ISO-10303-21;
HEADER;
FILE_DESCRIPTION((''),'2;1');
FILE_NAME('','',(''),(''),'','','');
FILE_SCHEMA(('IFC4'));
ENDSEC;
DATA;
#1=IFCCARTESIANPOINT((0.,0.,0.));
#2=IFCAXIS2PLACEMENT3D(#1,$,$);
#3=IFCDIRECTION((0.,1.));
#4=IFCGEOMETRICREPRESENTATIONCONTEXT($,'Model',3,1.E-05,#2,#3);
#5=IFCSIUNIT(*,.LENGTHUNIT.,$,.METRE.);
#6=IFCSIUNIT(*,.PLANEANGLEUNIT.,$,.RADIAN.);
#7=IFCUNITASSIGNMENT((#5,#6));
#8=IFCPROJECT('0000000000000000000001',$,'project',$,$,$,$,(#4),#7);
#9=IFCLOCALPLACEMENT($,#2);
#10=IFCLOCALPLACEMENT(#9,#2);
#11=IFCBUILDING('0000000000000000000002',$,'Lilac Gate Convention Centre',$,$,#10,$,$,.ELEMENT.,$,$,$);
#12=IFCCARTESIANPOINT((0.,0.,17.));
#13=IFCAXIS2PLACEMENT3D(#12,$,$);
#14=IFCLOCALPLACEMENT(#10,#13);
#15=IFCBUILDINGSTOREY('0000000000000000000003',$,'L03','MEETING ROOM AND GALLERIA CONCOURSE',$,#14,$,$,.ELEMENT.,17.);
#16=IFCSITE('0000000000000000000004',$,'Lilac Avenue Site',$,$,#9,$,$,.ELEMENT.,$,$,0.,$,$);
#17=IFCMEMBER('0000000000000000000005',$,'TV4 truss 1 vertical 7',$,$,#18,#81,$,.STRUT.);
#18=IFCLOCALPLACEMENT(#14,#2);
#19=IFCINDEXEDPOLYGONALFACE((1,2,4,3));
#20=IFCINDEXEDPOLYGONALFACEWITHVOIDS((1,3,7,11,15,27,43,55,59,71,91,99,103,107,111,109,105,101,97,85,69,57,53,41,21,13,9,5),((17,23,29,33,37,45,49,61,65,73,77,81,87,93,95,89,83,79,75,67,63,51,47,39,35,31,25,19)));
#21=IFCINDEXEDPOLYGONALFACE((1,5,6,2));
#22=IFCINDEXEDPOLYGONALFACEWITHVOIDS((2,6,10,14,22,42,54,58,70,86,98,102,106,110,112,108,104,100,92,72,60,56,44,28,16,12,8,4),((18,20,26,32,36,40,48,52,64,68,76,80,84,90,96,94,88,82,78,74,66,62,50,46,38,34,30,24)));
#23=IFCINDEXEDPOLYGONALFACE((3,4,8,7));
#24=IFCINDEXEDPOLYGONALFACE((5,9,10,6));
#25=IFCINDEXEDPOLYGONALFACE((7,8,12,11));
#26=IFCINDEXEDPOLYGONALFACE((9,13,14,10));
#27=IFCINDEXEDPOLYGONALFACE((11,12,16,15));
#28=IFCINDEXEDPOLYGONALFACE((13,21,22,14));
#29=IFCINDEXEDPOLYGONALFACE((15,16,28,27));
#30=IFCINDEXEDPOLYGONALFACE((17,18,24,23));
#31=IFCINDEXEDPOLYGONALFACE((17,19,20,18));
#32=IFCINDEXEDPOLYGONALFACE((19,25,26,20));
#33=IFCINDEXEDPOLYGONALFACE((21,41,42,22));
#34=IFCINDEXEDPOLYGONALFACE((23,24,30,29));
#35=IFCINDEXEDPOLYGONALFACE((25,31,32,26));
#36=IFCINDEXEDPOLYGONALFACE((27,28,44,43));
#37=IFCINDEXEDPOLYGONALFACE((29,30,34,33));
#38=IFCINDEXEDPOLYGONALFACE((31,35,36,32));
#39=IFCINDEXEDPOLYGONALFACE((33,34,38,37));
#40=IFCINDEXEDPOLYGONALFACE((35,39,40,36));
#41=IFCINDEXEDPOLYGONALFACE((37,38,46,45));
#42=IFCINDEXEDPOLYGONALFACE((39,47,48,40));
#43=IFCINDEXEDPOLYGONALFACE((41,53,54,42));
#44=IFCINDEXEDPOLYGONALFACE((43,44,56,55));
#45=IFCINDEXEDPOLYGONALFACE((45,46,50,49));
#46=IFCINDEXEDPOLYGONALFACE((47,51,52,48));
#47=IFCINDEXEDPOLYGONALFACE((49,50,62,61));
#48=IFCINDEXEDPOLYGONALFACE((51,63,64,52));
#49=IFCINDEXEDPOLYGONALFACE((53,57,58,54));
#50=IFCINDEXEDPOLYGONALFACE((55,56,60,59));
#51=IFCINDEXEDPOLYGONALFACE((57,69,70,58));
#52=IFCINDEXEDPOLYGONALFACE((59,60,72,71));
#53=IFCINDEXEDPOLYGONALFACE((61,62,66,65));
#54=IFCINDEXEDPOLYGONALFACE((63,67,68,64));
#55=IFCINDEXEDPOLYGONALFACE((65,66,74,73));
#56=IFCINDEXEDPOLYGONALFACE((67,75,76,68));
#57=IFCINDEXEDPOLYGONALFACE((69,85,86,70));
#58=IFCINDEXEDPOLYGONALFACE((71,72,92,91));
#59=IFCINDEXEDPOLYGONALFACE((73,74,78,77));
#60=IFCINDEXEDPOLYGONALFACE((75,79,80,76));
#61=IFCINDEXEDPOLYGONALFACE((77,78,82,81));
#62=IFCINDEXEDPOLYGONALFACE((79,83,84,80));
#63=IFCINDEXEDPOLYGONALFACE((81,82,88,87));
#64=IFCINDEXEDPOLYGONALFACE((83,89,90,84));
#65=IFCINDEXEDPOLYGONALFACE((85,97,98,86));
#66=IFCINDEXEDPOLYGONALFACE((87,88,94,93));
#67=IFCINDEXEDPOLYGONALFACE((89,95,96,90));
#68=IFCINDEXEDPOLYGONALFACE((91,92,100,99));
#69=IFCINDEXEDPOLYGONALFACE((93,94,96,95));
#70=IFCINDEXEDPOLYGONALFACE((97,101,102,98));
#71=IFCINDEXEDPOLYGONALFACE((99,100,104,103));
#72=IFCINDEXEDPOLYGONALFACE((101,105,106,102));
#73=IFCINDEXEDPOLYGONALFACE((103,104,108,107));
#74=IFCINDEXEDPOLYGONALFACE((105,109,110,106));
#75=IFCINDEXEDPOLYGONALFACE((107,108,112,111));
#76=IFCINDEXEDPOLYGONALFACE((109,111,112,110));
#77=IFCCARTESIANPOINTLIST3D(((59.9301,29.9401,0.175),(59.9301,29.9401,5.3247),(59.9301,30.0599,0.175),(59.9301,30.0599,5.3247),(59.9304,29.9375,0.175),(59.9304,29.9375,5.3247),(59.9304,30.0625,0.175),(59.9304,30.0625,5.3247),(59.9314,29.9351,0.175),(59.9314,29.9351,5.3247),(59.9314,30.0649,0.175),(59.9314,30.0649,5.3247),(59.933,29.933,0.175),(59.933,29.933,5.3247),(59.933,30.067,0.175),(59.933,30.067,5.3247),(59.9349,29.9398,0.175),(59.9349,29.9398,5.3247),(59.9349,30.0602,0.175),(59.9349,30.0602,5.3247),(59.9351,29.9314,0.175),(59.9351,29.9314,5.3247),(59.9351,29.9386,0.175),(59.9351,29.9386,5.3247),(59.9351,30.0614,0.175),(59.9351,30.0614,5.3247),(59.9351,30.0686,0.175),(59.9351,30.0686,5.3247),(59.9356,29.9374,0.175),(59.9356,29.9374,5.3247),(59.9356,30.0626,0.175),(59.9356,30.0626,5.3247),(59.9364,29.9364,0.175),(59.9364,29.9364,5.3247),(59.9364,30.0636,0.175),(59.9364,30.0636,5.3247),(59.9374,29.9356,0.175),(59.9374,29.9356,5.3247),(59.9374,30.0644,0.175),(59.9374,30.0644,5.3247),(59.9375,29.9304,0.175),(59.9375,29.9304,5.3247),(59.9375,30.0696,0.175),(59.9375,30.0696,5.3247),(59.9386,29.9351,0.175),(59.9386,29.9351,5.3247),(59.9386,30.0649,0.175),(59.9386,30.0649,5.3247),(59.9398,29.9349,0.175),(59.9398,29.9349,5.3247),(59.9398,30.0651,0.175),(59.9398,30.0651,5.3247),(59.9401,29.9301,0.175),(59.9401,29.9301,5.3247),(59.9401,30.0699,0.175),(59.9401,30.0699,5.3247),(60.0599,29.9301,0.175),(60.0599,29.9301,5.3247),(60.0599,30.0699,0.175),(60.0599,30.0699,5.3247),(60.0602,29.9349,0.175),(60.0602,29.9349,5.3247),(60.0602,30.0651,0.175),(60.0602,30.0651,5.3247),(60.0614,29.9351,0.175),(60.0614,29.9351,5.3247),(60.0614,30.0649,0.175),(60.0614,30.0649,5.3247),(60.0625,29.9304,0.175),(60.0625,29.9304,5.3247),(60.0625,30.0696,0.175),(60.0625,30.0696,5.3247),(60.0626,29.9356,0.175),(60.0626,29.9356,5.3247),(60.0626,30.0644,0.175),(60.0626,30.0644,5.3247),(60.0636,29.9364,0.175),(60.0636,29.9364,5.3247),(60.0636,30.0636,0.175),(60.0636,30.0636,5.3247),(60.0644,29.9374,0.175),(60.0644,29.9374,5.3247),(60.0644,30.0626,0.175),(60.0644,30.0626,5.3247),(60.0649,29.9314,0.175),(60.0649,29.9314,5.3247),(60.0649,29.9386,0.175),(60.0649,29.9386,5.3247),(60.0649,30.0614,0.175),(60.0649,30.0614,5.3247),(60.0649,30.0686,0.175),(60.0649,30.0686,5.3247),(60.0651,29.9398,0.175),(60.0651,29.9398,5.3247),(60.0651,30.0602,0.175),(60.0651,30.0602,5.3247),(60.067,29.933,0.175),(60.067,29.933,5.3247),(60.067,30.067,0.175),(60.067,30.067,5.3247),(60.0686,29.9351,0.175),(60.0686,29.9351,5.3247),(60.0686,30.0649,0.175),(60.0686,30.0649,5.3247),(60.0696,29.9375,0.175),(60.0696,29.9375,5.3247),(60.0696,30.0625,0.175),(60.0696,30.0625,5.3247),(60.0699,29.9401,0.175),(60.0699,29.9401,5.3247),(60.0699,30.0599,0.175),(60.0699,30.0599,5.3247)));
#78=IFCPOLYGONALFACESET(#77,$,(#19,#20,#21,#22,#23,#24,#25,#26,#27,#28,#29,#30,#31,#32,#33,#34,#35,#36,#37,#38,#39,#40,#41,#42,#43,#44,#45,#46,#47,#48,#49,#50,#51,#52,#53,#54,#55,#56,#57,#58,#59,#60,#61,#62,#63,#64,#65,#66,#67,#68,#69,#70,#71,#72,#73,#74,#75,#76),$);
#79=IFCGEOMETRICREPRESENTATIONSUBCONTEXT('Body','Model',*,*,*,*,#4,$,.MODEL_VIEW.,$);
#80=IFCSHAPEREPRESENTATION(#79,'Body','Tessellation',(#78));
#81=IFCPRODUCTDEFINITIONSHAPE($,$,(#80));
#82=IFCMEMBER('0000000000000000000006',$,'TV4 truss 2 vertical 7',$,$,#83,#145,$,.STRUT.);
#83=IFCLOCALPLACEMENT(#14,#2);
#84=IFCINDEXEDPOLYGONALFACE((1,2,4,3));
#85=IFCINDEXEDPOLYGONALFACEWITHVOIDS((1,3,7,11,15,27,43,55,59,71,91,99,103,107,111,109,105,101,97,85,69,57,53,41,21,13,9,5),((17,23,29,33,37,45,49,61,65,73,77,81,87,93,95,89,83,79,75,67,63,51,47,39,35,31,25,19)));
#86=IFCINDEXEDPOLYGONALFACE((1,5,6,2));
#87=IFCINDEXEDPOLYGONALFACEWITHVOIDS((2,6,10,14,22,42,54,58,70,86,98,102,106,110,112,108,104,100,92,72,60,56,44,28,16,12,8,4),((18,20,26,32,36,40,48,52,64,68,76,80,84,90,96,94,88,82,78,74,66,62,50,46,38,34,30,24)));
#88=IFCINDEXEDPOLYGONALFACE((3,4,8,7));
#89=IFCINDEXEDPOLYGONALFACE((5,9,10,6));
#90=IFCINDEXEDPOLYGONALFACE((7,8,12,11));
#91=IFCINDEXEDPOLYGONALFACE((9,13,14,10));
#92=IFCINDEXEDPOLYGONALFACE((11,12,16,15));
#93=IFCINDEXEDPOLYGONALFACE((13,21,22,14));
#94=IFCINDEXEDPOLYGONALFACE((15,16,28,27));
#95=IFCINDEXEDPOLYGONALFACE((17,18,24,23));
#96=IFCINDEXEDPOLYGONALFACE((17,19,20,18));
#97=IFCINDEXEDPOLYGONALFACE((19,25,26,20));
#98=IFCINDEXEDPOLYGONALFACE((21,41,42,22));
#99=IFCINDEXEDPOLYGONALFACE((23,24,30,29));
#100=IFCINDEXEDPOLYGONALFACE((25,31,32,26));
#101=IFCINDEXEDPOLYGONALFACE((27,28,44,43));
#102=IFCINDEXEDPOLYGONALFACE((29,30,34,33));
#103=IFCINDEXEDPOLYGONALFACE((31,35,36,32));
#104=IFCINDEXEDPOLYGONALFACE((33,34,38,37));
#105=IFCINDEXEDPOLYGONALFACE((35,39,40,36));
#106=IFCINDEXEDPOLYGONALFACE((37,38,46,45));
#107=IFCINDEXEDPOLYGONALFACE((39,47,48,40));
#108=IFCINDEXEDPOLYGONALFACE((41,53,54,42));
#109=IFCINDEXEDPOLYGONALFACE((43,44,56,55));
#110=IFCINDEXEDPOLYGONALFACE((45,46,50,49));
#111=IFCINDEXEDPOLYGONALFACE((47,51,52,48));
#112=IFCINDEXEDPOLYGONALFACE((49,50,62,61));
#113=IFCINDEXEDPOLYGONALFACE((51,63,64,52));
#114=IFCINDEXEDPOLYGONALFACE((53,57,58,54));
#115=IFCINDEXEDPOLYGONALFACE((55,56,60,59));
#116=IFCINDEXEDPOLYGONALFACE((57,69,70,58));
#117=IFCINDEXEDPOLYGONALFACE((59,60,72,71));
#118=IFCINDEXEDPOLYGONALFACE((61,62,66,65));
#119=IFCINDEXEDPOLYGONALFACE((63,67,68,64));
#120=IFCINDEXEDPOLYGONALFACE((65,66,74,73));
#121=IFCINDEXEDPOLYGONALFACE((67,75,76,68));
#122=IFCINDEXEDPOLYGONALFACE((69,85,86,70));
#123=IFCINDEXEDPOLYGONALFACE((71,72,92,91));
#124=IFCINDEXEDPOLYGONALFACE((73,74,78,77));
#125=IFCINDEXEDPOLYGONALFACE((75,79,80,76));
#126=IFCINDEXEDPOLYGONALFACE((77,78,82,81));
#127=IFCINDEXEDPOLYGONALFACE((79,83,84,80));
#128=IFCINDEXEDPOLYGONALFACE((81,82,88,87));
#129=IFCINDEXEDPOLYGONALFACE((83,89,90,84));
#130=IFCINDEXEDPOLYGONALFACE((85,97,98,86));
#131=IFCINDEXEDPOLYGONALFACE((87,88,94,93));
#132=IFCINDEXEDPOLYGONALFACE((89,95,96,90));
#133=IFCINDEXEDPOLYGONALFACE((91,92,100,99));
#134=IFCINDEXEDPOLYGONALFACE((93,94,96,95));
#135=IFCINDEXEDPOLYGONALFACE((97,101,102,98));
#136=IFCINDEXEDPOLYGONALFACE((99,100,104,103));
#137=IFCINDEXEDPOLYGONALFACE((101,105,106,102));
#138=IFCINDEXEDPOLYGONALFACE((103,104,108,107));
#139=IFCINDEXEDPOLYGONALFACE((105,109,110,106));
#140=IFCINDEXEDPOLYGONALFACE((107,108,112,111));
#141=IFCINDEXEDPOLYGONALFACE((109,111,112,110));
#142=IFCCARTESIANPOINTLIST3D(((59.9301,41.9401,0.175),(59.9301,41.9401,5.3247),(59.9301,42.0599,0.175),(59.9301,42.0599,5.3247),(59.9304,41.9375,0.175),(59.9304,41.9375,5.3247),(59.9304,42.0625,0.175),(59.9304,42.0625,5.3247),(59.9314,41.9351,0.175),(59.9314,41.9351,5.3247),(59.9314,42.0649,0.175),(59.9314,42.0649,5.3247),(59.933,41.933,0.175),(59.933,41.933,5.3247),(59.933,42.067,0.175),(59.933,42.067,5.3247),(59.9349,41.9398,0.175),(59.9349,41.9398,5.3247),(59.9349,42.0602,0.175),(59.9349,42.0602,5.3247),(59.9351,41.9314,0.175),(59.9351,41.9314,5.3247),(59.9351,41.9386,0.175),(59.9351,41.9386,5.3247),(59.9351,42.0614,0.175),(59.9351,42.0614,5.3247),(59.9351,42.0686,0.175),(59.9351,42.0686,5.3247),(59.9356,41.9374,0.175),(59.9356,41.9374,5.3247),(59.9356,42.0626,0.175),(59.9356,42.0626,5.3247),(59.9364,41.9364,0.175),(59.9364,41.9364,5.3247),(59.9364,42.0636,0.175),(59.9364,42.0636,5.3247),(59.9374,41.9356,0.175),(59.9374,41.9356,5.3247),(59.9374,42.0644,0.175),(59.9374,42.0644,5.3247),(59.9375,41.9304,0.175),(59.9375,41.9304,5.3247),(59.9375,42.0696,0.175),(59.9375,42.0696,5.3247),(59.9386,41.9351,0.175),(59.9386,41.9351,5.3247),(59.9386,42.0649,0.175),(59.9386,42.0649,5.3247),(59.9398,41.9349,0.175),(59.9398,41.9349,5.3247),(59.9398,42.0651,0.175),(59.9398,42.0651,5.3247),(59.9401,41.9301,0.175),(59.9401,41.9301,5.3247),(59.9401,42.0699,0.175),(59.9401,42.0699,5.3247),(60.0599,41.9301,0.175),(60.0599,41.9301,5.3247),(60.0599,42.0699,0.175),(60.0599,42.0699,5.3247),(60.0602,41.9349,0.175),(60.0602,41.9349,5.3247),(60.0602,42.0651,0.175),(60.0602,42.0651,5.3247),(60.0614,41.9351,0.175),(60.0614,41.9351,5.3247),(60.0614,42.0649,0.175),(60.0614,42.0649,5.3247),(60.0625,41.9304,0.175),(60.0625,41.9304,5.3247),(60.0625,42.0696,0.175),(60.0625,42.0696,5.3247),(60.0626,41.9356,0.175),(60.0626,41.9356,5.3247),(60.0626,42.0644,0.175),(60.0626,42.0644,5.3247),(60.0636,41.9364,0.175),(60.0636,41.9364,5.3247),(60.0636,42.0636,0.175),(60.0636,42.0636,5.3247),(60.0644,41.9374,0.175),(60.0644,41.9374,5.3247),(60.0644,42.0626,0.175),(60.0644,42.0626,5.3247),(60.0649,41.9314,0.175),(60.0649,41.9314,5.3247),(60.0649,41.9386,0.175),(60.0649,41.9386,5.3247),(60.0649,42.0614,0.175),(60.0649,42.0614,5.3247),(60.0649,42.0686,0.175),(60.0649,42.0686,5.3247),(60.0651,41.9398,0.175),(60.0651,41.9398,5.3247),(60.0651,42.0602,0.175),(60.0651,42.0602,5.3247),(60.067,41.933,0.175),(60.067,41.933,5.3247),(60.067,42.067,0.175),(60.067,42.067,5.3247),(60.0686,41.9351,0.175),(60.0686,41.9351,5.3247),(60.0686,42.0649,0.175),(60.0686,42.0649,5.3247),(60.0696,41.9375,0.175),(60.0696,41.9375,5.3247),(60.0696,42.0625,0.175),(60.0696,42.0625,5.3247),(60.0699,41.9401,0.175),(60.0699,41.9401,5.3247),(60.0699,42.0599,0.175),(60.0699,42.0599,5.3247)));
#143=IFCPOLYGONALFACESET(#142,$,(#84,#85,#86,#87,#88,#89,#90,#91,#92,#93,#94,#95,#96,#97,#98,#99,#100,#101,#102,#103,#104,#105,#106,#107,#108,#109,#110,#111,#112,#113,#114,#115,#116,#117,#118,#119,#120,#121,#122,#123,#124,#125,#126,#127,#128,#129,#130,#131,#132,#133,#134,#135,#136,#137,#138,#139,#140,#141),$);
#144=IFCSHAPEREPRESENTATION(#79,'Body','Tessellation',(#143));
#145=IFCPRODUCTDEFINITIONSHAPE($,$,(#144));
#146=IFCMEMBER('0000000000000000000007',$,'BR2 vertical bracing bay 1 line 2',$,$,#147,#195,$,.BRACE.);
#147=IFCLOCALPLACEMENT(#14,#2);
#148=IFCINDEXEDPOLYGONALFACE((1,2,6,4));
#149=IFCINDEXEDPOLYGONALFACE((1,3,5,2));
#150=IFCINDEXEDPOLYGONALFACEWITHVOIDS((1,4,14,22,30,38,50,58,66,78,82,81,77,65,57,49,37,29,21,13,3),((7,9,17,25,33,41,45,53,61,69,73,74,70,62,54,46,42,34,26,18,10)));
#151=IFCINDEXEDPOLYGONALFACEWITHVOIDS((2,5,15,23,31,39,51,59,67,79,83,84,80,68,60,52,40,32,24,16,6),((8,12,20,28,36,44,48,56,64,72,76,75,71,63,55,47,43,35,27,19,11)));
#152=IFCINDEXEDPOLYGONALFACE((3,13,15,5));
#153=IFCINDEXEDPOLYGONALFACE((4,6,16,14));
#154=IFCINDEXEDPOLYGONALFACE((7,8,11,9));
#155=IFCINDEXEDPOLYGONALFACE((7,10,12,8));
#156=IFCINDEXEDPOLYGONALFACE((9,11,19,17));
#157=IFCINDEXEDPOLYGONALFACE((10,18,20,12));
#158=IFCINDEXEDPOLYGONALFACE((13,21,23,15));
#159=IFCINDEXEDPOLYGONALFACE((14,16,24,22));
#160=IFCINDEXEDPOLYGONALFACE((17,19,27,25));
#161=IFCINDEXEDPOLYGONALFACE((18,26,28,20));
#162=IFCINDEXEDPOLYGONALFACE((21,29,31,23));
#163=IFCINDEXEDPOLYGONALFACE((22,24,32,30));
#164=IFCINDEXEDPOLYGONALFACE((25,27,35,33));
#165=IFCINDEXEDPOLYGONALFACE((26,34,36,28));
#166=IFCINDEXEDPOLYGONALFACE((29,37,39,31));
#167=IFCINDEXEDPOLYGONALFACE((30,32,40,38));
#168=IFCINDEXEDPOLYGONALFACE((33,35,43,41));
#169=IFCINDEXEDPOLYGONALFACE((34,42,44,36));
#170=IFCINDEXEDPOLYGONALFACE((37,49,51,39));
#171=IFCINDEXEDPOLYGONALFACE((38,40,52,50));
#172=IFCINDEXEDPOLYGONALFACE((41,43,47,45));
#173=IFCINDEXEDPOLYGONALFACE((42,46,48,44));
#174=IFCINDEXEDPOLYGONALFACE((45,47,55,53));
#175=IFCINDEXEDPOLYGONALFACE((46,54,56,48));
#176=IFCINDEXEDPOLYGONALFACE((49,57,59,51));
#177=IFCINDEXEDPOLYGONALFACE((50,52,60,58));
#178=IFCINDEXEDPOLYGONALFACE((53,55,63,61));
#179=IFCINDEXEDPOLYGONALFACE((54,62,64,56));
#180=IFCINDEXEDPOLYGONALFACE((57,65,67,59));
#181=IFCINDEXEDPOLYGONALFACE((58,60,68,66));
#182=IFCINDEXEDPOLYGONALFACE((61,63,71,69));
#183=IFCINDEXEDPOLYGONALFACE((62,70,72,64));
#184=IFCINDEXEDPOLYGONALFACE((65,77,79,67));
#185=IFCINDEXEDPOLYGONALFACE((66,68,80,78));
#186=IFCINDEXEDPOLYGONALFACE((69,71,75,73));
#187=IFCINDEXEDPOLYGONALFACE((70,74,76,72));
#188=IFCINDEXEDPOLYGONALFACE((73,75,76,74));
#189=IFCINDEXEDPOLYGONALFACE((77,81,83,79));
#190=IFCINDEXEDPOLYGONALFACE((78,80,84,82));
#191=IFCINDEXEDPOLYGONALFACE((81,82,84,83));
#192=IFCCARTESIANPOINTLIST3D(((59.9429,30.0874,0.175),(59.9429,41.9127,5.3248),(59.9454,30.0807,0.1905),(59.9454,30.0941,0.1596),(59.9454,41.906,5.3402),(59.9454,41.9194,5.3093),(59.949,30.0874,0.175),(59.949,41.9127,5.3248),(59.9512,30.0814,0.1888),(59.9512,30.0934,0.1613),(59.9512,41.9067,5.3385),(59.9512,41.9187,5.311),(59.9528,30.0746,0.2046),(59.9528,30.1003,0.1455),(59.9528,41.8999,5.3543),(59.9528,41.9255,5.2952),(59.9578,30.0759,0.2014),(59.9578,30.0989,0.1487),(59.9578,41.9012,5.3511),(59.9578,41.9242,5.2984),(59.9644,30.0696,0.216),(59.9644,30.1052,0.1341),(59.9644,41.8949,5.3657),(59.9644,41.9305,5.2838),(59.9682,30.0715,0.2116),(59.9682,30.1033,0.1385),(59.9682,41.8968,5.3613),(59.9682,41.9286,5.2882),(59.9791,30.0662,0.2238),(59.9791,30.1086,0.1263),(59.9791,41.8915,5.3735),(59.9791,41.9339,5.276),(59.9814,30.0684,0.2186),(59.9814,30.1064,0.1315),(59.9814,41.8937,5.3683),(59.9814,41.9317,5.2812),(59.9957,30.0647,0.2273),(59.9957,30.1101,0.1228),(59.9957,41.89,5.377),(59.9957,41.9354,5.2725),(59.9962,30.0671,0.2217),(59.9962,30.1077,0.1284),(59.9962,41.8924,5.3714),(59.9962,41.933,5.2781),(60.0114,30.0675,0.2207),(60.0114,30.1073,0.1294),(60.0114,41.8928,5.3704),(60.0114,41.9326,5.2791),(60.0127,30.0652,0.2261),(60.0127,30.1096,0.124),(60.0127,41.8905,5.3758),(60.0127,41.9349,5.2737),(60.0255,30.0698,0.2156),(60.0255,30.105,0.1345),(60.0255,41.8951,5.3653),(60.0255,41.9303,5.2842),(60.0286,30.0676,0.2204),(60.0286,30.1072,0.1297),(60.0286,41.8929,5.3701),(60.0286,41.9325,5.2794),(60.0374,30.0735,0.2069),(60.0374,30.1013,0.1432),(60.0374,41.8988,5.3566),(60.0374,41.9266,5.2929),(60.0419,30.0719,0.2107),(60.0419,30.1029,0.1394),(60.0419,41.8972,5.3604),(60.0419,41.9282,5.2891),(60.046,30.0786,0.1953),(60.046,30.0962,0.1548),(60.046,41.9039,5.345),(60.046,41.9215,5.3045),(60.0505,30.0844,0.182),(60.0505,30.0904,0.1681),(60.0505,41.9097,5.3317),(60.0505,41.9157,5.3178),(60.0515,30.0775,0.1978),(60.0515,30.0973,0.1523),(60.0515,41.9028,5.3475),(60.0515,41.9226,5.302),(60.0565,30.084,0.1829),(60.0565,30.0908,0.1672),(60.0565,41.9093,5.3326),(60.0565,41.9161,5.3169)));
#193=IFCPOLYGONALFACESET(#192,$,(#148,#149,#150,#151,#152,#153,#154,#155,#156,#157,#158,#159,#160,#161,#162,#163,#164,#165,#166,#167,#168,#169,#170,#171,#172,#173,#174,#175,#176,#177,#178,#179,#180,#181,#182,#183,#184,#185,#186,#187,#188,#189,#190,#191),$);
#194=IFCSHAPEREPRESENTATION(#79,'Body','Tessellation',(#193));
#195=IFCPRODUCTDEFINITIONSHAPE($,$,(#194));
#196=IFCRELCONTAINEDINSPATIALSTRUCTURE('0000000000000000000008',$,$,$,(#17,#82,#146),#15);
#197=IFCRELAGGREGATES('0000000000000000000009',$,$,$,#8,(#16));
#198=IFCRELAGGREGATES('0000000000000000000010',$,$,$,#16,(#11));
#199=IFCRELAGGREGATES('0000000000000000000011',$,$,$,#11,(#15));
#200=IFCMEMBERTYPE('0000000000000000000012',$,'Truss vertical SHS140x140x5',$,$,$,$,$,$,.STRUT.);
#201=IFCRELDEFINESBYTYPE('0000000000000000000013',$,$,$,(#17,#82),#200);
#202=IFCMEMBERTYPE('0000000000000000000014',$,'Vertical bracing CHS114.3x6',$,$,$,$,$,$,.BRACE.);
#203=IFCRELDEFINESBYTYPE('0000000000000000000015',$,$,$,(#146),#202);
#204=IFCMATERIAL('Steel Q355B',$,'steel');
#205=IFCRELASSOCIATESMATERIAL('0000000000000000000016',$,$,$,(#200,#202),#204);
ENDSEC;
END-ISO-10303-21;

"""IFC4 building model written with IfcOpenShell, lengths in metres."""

from ifc_helpers import new_model, si_unit, direction, frame, origin, origin_2d, place, context, subcontext, project, spatial, hollow_rectangle, hollow_circle, extrude, material, material_profile, profile_set, type_object, element, save


model = new_model("IFC4")

# Units and contexts
model_context = context("Model", 3, precision=1e-05, world=origin(), true_north=direction((0.0, 1.0)))
body_context = subcontext(model_context, "Body", "Model", "MODEL_VIEW")
ifc_project = project(units=[si_unit("LENGTHUNIT", "METRE"), si_unit("PLANEANGLEUNIT", "RADIAN")], contexts=[model_context])

# Site, building, storey
site_placement = place(None, origin())
site = spatial("IfcSite", under=ifc_project, at=site_placement, Name="Lilac Avenue Site", CompositionType="ELEMENT", RefElevation=0.0)
building_placement = place(site_placement, origin())
building = spatial("IfcBuilding", under=site, at=building_placement, Name="Lilac Gate Convention Centre", CompositionType="ELEMENT")
storey_placement = place(building_placement, frame((0.0, 0.0, 17.0)))
storey = spatial("IfcBuildingStorey", under=building, at=storey_placement, Name="L03", Description="MEETING ROOM AND GALLERIA CONCOURSE", CompositionType="ELEMENT", Elevation=17.0)

# Members
ifc_material = material(Name="Steel Q355B", Category="steel")
ifc_material_profile_1 = material_profile(ifc_material, hollow_rectangle(XDim=0.1399, YDim=0.1399, WallThickness=0.0049, InnerFilletRadius=0.0049, OuterFilletRadius=0.01, at=origin_2d()), Name="SHS140x140x5")
ifc_profile_set_1 = profile_set([ifc_material_profile_1], Name="Steel Q355B")
member_type_1 = type_object("IfcMemberType", Name="Truss vertical SHS140x140x5", PredefinedType="STRUT", material=ifc_profile_set_1)
for number, where, z_axis, x_axis, name in (
    (1, (60.0, 30.0, 0.175), (0.0, 0.0, 1.0), (1.0, 0.0, 0.0), "TV4 truss 1 vertical 7"),
    (2, (60.0, 42.0, 0.175), (0.0, 0.0, 1.0), (1.0, 0.0, 0.0), "TV4 truss 2 vertical 7"),
):
    element("IfcMember", number, at=place(storey_placement, frame(where, z_axis=z_axis, x_axis=x_axis)), inside=storey, type_object=member_type_1, Name=name, PredefinedType="STRUT", context=body_context, shape_type="SweptSolid", body=[
        extrude(hollow_rectangle(XDim=0.1399, YDim=0.1399, WallThickness=0.0049, InnerFilletRadius=0.0049, OuterFilletRadius=0.01, at=origin_2d()), origin(), (0.0, 0.0, 1.0), 5.1497),
    ])
ifc_material_profile_2 = material_profile(ifc_material, hollow_circle(Radius=0.0571, WallThickness=0.0061, at=origin_2d()), Name="CHS114.3x6")
ifc_profile_set_2 = profile_set([ifc_material_profile_2], Name="Steel Q355B")
member_type_2 = type_object("IfcMemberType", Name="Vertical bracing CHS114.3x6", PredefinedType="BRACE", material=ifc_profile_set_2)
member_1_placement = place(storey_placement, frame((60.0, 30.0874, 0.175), z_axis=(0.0, 0.916835, 0.399265), x_axis=(-1.0, 0.0, 0.0)))
element("IfcMember", 3, at=member_1_placement, inside=storey, type_object=member_type_2, Name="BR2 vertical bracing bay 1 line 2", PredefinedType="BRACE", context=body_context, shape_type="SweptSolid", body=[
    extrude(hollow_circle(Radius=0.0571, WallThickness=0.0061, at=origin_2d()), origin(), (0.0, 0.0, 1.0), 12.8979),
])

save(model, "model.ifc")
